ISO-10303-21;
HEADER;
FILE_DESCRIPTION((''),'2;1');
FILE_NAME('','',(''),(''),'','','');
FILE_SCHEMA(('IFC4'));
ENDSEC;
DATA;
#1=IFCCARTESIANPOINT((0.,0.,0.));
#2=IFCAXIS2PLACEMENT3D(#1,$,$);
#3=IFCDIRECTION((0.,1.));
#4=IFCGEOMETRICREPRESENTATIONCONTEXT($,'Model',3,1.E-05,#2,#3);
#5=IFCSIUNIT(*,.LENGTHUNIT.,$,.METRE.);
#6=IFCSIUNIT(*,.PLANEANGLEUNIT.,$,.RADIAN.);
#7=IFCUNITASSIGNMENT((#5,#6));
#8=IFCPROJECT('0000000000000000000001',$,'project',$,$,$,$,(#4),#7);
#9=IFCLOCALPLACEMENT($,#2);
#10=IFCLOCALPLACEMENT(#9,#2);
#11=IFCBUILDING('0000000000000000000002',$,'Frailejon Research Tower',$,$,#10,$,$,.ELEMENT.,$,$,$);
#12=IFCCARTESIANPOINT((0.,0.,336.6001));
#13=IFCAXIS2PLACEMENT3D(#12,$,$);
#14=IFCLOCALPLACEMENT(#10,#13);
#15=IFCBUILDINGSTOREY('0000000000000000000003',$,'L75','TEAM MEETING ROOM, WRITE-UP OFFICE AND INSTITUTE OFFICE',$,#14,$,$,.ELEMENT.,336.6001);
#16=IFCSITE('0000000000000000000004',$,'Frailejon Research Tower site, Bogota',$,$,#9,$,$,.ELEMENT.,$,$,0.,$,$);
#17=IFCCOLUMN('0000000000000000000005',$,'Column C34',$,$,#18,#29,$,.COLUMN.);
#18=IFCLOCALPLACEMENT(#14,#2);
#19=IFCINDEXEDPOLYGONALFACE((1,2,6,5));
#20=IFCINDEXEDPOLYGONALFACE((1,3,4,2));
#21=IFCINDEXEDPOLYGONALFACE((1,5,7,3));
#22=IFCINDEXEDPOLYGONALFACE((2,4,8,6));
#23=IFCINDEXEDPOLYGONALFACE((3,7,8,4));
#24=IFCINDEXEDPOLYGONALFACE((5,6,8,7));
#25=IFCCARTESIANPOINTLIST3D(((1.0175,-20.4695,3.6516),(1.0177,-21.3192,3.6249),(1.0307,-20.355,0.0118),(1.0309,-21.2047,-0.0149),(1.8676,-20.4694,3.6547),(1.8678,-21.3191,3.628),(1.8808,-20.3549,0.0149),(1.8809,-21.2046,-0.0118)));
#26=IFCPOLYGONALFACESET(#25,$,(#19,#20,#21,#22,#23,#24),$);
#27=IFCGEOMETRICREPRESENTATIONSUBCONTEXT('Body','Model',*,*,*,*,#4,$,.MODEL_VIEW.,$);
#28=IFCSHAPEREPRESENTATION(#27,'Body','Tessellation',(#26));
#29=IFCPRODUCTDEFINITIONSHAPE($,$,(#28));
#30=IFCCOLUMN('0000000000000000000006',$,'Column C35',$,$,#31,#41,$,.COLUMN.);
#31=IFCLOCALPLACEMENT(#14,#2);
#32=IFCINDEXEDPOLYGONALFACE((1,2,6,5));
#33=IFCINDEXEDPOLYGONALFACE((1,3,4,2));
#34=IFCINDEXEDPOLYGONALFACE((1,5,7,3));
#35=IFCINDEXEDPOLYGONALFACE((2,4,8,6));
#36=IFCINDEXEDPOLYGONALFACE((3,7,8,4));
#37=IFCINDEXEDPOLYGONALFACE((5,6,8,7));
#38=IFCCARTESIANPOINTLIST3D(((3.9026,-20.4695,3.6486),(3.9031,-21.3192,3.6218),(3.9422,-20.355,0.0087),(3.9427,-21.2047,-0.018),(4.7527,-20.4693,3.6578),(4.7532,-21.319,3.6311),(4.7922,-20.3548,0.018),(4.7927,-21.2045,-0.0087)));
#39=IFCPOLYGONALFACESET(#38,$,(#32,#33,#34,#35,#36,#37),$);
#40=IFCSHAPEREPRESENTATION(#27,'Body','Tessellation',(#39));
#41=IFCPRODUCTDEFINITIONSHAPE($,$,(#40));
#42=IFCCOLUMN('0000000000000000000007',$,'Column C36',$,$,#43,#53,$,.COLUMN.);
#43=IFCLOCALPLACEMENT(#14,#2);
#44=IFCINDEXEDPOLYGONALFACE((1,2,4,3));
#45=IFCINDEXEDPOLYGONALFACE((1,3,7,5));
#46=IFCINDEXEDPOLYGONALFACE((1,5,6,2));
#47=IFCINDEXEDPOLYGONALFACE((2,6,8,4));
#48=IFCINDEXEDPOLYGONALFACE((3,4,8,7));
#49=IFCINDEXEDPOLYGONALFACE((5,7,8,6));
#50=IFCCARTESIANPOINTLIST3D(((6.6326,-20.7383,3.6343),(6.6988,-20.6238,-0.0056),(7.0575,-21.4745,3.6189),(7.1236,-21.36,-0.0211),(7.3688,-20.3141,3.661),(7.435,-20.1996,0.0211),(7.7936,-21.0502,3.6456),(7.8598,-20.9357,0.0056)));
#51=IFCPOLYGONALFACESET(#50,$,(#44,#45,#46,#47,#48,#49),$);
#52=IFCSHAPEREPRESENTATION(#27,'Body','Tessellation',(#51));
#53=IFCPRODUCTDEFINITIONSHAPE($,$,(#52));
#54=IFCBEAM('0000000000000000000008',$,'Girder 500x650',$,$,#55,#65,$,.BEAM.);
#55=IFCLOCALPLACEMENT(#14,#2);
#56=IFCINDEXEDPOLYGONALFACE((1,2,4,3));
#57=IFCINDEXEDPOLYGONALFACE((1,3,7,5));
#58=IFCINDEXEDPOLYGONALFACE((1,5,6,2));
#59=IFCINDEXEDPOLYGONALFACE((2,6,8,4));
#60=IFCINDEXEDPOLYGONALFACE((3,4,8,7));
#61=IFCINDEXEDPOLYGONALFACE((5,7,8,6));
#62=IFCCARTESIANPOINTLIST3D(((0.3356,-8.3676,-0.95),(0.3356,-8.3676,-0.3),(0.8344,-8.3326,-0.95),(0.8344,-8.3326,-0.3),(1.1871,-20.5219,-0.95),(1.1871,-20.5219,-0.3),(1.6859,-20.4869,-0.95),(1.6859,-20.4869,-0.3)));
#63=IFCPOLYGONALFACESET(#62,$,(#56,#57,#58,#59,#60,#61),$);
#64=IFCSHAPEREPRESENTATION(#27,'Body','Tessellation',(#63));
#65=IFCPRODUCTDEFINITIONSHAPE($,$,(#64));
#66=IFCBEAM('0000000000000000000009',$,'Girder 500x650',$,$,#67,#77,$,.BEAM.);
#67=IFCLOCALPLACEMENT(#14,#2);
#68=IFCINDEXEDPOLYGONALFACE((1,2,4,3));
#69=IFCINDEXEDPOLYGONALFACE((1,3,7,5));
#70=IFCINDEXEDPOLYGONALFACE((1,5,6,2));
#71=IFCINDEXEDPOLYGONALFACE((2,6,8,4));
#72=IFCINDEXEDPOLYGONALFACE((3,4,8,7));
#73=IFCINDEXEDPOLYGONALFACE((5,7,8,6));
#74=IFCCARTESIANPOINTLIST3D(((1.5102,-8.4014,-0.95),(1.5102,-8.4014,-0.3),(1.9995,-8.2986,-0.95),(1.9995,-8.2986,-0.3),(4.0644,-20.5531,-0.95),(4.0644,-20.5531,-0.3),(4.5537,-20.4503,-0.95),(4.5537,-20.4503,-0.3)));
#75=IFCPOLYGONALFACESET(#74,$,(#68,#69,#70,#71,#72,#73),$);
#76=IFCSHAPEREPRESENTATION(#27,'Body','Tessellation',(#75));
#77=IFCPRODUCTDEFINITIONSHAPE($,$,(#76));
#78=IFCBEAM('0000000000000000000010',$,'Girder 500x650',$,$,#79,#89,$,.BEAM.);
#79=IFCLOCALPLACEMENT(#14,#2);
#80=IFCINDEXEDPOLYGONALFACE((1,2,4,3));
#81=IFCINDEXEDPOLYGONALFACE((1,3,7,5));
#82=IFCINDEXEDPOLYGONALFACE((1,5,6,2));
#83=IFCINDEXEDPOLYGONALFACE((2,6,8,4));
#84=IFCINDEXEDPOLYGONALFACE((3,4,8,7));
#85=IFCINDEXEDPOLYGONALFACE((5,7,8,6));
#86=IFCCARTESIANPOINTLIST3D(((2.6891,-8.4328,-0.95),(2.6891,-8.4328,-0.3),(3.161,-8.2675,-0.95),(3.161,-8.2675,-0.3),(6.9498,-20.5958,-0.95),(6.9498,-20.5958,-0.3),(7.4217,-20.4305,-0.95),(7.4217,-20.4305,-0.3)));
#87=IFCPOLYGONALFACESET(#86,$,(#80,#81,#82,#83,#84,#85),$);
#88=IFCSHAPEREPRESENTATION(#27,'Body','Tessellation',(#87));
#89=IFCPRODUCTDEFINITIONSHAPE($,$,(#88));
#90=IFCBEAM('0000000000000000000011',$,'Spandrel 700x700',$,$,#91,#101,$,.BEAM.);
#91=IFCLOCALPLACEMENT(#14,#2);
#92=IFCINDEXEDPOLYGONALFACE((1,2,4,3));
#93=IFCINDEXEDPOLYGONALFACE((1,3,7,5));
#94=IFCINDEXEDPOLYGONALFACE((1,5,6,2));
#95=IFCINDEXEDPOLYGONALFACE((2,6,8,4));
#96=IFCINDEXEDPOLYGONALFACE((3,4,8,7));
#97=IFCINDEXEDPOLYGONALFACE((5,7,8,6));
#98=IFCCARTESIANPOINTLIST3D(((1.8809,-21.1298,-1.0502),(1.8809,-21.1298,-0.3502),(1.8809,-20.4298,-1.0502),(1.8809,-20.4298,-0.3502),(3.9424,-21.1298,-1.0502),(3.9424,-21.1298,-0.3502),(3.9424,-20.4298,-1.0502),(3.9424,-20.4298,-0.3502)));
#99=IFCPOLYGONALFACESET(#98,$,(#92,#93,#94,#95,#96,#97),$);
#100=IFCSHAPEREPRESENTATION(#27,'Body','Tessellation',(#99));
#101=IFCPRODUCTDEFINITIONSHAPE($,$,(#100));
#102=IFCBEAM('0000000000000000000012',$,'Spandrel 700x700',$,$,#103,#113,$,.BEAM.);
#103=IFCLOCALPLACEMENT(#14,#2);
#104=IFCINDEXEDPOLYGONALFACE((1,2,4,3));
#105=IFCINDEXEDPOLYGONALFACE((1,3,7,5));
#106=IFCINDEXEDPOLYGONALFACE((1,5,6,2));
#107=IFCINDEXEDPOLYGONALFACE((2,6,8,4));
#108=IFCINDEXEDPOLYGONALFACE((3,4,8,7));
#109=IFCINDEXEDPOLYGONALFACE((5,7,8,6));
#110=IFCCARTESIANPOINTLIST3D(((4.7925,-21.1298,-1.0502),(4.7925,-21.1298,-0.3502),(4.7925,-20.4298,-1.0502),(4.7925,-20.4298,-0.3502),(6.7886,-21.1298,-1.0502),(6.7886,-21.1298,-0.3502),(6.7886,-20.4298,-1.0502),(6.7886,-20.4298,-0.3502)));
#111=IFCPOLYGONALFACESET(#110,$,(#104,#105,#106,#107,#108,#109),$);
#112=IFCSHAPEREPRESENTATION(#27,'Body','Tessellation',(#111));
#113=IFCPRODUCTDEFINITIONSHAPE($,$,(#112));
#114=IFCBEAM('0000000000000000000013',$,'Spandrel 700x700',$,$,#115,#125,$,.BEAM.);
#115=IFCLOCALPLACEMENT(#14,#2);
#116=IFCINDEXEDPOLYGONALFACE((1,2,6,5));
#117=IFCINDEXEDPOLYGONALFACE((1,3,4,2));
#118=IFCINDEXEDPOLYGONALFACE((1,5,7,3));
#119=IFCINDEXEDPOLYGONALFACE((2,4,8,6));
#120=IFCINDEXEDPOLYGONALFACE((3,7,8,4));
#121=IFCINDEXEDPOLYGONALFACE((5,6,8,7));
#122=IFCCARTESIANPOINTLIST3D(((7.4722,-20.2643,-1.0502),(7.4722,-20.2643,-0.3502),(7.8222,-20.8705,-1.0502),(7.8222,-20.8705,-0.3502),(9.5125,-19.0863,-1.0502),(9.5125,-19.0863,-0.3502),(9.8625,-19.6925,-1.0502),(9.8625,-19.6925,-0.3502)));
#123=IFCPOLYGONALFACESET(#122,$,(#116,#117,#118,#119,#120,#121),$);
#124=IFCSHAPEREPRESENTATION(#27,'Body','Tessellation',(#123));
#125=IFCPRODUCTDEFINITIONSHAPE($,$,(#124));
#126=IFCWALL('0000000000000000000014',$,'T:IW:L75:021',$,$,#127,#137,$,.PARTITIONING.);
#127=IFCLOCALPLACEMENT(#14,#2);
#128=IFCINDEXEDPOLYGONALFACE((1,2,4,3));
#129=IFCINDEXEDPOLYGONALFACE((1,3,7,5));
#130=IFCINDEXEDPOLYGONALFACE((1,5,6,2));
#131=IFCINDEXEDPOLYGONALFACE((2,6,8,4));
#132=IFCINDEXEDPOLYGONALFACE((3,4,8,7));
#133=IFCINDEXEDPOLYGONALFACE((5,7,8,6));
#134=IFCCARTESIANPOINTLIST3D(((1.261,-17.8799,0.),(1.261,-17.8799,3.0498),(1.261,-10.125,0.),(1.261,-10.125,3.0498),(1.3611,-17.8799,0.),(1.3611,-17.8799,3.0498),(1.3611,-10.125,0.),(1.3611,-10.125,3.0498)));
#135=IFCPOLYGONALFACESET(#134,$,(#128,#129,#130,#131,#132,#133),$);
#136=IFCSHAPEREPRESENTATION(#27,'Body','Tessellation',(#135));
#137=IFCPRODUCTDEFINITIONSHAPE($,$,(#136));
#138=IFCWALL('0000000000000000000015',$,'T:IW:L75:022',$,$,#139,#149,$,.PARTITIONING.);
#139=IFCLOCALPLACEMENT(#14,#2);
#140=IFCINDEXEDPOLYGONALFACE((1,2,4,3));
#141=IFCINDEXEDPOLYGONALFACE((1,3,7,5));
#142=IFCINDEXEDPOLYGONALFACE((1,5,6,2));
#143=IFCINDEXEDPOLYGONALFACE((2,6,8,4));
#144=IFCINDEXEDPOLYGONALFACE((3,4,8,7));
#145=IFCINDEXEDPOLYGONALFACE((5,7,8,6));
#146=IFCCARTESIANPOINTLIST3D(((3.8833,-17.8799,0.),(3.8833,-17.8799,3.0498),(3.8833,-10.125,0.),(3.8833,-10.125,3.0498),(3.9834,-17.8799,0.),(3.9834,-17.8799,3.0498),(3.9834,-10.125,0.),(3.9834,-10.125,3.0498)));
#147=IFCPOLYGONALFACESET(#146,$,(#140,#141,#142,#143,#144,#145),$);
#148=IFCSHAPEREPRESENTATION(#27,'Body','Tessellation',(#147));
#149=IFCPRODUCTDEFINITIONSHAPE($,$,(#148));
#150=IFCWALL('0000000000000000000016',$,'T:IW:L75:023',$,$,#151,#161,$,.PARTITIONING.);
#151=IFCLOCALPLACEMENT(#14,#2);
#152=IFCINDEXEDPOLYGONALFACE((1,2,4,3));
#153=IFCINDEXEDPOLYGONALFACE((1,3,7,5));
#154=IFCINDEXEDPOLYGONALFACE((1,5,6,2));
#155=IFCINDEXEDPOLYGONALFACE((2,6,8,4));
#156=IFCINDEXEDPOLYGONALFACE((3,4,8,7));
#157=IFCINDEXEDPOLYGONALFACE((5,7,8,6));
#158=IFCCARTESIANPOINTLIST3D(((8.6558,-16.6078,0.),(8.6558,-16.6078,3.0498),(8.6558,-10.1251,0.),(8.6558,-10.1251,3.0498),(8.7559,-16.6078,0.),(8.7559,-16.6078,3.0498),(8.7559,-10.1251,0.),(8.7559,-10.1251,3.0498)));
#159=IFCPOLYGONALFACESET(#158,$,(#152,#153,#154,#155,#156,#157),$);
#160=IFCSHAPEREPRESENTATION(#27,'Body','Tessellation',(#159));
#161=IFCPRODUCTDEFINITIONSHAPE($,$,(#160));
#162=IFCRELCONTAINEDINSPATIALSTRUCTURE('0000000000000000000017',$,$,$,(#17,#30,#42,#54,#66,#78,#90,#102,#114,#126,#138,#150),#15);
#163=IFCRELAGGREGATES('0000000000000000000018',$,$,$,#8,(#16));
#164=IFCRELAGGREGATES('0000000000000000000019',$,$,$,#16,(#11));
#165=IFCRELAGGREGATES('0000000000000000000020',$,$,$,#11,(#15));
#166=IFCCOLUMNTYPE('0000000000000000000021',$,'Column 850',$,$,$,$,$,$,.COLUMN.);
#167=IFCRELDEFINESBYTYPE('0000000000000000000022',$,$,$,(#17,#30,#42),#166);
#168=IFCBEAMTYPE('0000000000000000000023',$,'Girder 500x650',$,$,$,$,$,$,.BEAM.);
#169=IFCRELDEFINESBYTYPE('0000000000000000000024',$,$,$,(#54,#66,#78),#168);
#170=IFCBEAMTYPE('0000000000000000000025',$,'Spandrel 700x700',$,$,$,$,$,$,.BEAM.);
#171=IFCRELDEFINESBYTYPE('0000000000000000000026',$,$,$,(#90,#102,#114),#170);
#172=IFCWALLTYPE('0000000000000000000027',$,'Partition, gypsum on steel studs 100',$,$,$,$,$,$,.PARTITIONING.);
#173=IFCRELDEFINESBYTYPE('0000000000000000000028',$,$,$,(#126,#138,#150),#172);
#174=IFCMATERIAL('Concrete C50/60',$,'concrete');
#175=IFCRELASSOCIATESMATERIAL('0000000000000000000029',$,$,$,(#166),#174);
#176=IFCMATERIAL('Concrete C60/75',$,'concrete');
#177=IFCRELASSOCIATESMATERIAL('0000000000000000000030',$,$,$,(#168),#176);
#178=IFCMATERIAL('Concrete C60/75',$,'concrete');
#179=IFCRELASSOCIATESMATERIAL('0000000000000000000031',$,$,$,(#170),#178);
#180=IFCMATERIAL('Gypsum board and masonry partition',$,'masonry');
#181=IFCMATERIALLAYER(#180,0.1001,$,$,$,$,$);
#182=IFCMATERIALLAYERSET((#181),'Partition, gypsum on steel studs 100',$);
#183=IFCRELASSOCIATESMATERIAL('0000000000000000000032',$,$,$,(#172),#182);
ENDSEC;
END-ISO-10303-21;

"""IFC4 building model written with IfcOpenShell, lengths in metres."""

from ifc_helpers import new_model, si_unit, direction, frame, frame_2d, origin, origin_2d, place, context, subcontext, project, spatial, rectangle, extrude, material, layer, layer_set, material_profile, profile_set, type_object, element, save


model = new_model("IFC4")

# Units and contexts
model_context = context("Model", 3, precision=1e-05, world=origin(), true_north=direction((0.0, 1.0)))
body_context = subcontext(model_context, "Body", "Model", "MODEL_VIEW")
ifc_project = project(units=[si_unit("LENGTHUNIT", "METRE"), si_unit("PLANEANGLEUNIT", "RADIAN")], contexts=[model_context])

# Site, building, storey
site_placement = place(None, origin())
site = spatial("IfcSite", under=ifc_project, at=site_placement, Name="Frailejon Research Tower site, Bogota", CompositionType="ELEMENT", RefElevation=0.0)
building_placement = place(site_placement, origin())
building = spatial("IfcBuilding", under=site, at=building_placement, Name="Frailejon Research Tower", CompositionType="ELEMENT")
storey_placement = place(building_placement, frame((0.0, 0.0, 336.6001)))
storey = spatial("IfcBuildingStorey", under=building, at=storey_placement, Name="L75", Description="TEAM MEETING ROOM, WRITE-UP OFFICE AND INSTITUTE OFFICE", CompositionType="ELEMENT", Elevation=336.6001)

# Columns
ifc_material_1 = material(Name="Concrete C50/60", Category="concrete")
ifc_material_profile_1 = material_profile(ifc_material_1, rectangle(XDim=0.8501, YDim=0.8501, at=origin_2d()), Name="Column 850")
ifc_profile_set_1 = profile_set([ifc_material_profile_1], Name="Concrete C50/60")
column_type = type_object("IfcColumnType", Name="Column 850", PredefinedType="COLUMN", material=ifc_profile_set_1)
column_1_placement = place(storey_placement, frame((1.4558, -20.7798, 0.0), z_axis=(-0.00362, -0.031442, 0.999499), x_axis=(0.999993, 0.000099, 0.003625)))
element("IfcColumn", 1, at=column_1_placement, inside=storey, type_object=column_type, Name="Column C34", PredefinedType="COLUMN", context=body_context, shape_type="SweptSolid", body=[
    extrude(rectangle(XDim=0.8501, YDim=0.8501, at=origin_2d()), origin(), (0.0, 0.0, 1.0), 3.6416),
])
column_2_placement = place(storey_placement, frame((4.3674, -20.7798, 0.0), z_axis=(-0.01086, -0.03144, 0.999447), x_axis=(0.999941, 0.000235, 0.010873)))
element("IfcColumn", 2, at=column_2_placement, inside=storey, type_object=column_type, Name="Column C35", PredefinedType="COLUMN", context=body_context, shape_type="SweptSolid", body=[
    extrude(rectangle(XDim=0.8501, YDim=0.8501, at=origin_2d()), origin(), (0.0, 0.0, 1.0), 3.6418),
])
column_3_placement = place(storey_placement, frame((7.2793, -20.7798, 0.0), z_axis=(-0.018165, -0.031437, 0.999341), x_axis=(0.86598, 0.49909, 0.031441)))
element("IfcColumn", 3, at=column_3_placement, inside=storey, type_object=column_type, Name="Column C36", PredefinedType="COLUMN", context=body_context, shape_type="SweptSolid", body=[
    extrude(rectangle(XDim=0.8501, YDim=0.8501, at=origin_2d()), origin(), (0.0, 0.0, 1.0), 3.6423),
])

# Beams
ifc_material_2 = material(Name="Concrete C60/75", Category="concrete")
ifc_material_profile_2 = material_profile(ifc_material_2, rectangle(XDim=0.5, YDim=0.6499, at=origin_2d()), Name="Girder 500x650")
ifc_profile_set_2 = profile_set([ifc_material_profile_2], Name="Concrete C60/75")
beam_type_1 = type_object("IfcBeamType", Name="Girder 500x650", PredefinedType="BEAM", material=ifc_profile_set_2)
beam_1_placement = place(storey_placement, frame((1.4365, -20.5044, -0.625), z_axis=(-0.069891, 0.997555, 0.0), x_axis=(-0.997555, -0.069891, 0.0)))
element("IfcBeam", 4, at=beam_1_placement, inside=storey, type_object=beam_type_1, Name="Girder 500x650", PredefinedType="BEAM", context=body_context, shape_type="SweptSolid", body=[
    extrude(rectangle(XDim=0.5, YDim=0.6499, at=origin_2d()), origin(), (0.0, 0.0, 1.0), 12.1841),
])
beam_2_placement = place(storey_placement, frame((4.3091, -20.5017, -0.625), z_axis=(-0.205699, 0.978615, 0.0), x_axis=(-0.978615, -0.205699, 0.0)))
element("IfcBeam", 5, at=beam_2_placement, inside=storey, type_object=beam_type_1, Name="Girder 500x650", PredefinedType="BEAM", context=body_context, shape_type="SweptSolid", body=[
    extrude(rectangle(XDim=0.5, YDim=0.6499, at=origin_2d()), origin(), (0.0, 0.0, 1.0), 12.4172),
])
beam_3_placement = place(storey_placement, frame((7.1858, -20.5132, -0.625), z_axis=(-0.330604, 0.94377, 0.0), x_axis=(-0.94377, -0.330604, 0.0)))
element("IfcBeam", 6, at=beam_3_placement, inside=storey, type_object=beam_type_1, Name="Girder 500x650", PredefinedType="BEAM", context=body_context, shape_type="SweptSolid", body=[
    extrude(rectangle(XDim=0.5, YDim=0.6499, at=origin_2d()), origin(), (0.0, 0.0, 1.0), 12.8877),
])
ifc_material_3 = material(Name="Concrete C60/75", Category="concrete")
ifc_material_profile_3 = material_profile(ifc_material_3, rectangle(XDim=0.7, YDim=0.7, at=origin_2d()), Name="Spandrel 700x700")
ifc_profile_set_3 = profile_set([ifc_material_profile_3], Name="Concrete C60/75")
beam_type_2 = type_object("IfcBeamType", Name="Spandrel 700x700", PredefinedType="BEAM", material=ifc_profile_set_3)
beam_4_placement = place(storey_placement, frame((1.8809, -20.7798, -0.7002), z_axis=(1.0, 0.0, 0.0), x_axis=(0.0, 1.0, 0.0)))
element("IfcBeam", 7, at=beam_4_placement, inside=storey, type_object=beam_type_2, Name="Spandrel 700x700", PredefinedType="BEAM", context=body_context, shape_type="SweptSolid", body=[
    extrude(rectangle(XDim=0.7, YDim=0.7, at=origin_2d()), origin(), (0.0, 0.0, 1.0), 2.0615),
])
beam_5_placement = place(storey_placement, frame((4.7925, -20.7798, -0.7002), z_axis=(1.0, 0.0, 0.0), x_axis=(0.0, 1.0, 0.0)))
element("IfcBeam", 8, at=beam_5_placement, inside=storey, type_object=beam_type_2, Name="Spandrel 700x700", PredefinedType="BEAM", context=body_context, shape_type="SweptSolid", body=[
    extrude(rectangle(XDim=0.7, YDim=0.7, at=origin_2d()), origin(), (0.0, 0.0, 1.0), 1.9961),
])
beam_6_placement = place(storey_placement, frame((7.6472, -20.5674, -0.7002), z_axis=(0.866022, 0.500007, 0.0), x_axis=(-0.500007, 0.866022, 0.0)))
element("IfcBeam", 9, at=beam_6_placement, inside=storey, type_object=beam_type_2, Name="Spandrel 700x700", PredefinedType="BEAM", context=body_context, shape_type="SweptSolid", body=[
    extrude(rectangle(XDim=0.7, YDim=0.7, at=origin_2d()), origin(), (0.0, 0.0, 1.0), 2.356),
])

# Walls
ifc_material_4 = material(Name="Gypsum board and masonry partition", Category="masonry")
ifc_layer_1 = layer(ifc_material_4, 0.1001)
ifc_layer_set_1 = layer_set([ifc_layer_1], Name="Partition, gypsum on steel studs 100")
wall_type_1 = type_object("IfcWallType", Name="Partition, gypsum on steel studs 100", PredefinedType="PARTITIONING", material=ifc_layer_set_1)
for number, where, z_axis, x_axis, name in (
    (10, (1.311, -17.8799, 0.0), (0.0, 0.0, 1.0), (0.0, 1.0, 0.0), "T:IW:L75:021"),
    (11, (3.9333, -17.8799, 0.0), (0.0, 0.0, 1.0), (0.0, 1.0, 0.0), "T:IW:L75:022"),
):
    element("IfcWall", number, at=place(storey_placement, frame(where, z_axis=z_axis, x_axis=x_axis)), inside=storey, type_object=wall_type_1, Name=name, PredefinedType="PARTITIONING", context=body_context, shape_type="SweptSolid", body=[
        extrude(rectangle(XDim=7.7549, YDim=0.1001, at=frame_2d((3.8774, 0.0))), origin(), (0.0, 0.0, 1.0), 3.0498),
    ])
wall_1_placement = place(storey_placement, frame((8.7058, -16.6077, 0.0), z_axis=(0.0, 0.0, 1.0), x_axis=(0.0, 1.0, 0.0)))
element("IfcWall", 12, at=wall_1_placement, inside=storey, type_object=wall_type_1, Name="T:IW:L75:023", PredefinedType="PARTITIONING", context=body_context, shape_type="SweptSolid", body=[
    extrude(rectangle(XDim=6.4827, YDim=0.1001, at=frame_2d((3.2412, 0.0))), origin(), (0.0, 0.0, 1.0), 3.0498),
])

save(model, "model.ifc")
